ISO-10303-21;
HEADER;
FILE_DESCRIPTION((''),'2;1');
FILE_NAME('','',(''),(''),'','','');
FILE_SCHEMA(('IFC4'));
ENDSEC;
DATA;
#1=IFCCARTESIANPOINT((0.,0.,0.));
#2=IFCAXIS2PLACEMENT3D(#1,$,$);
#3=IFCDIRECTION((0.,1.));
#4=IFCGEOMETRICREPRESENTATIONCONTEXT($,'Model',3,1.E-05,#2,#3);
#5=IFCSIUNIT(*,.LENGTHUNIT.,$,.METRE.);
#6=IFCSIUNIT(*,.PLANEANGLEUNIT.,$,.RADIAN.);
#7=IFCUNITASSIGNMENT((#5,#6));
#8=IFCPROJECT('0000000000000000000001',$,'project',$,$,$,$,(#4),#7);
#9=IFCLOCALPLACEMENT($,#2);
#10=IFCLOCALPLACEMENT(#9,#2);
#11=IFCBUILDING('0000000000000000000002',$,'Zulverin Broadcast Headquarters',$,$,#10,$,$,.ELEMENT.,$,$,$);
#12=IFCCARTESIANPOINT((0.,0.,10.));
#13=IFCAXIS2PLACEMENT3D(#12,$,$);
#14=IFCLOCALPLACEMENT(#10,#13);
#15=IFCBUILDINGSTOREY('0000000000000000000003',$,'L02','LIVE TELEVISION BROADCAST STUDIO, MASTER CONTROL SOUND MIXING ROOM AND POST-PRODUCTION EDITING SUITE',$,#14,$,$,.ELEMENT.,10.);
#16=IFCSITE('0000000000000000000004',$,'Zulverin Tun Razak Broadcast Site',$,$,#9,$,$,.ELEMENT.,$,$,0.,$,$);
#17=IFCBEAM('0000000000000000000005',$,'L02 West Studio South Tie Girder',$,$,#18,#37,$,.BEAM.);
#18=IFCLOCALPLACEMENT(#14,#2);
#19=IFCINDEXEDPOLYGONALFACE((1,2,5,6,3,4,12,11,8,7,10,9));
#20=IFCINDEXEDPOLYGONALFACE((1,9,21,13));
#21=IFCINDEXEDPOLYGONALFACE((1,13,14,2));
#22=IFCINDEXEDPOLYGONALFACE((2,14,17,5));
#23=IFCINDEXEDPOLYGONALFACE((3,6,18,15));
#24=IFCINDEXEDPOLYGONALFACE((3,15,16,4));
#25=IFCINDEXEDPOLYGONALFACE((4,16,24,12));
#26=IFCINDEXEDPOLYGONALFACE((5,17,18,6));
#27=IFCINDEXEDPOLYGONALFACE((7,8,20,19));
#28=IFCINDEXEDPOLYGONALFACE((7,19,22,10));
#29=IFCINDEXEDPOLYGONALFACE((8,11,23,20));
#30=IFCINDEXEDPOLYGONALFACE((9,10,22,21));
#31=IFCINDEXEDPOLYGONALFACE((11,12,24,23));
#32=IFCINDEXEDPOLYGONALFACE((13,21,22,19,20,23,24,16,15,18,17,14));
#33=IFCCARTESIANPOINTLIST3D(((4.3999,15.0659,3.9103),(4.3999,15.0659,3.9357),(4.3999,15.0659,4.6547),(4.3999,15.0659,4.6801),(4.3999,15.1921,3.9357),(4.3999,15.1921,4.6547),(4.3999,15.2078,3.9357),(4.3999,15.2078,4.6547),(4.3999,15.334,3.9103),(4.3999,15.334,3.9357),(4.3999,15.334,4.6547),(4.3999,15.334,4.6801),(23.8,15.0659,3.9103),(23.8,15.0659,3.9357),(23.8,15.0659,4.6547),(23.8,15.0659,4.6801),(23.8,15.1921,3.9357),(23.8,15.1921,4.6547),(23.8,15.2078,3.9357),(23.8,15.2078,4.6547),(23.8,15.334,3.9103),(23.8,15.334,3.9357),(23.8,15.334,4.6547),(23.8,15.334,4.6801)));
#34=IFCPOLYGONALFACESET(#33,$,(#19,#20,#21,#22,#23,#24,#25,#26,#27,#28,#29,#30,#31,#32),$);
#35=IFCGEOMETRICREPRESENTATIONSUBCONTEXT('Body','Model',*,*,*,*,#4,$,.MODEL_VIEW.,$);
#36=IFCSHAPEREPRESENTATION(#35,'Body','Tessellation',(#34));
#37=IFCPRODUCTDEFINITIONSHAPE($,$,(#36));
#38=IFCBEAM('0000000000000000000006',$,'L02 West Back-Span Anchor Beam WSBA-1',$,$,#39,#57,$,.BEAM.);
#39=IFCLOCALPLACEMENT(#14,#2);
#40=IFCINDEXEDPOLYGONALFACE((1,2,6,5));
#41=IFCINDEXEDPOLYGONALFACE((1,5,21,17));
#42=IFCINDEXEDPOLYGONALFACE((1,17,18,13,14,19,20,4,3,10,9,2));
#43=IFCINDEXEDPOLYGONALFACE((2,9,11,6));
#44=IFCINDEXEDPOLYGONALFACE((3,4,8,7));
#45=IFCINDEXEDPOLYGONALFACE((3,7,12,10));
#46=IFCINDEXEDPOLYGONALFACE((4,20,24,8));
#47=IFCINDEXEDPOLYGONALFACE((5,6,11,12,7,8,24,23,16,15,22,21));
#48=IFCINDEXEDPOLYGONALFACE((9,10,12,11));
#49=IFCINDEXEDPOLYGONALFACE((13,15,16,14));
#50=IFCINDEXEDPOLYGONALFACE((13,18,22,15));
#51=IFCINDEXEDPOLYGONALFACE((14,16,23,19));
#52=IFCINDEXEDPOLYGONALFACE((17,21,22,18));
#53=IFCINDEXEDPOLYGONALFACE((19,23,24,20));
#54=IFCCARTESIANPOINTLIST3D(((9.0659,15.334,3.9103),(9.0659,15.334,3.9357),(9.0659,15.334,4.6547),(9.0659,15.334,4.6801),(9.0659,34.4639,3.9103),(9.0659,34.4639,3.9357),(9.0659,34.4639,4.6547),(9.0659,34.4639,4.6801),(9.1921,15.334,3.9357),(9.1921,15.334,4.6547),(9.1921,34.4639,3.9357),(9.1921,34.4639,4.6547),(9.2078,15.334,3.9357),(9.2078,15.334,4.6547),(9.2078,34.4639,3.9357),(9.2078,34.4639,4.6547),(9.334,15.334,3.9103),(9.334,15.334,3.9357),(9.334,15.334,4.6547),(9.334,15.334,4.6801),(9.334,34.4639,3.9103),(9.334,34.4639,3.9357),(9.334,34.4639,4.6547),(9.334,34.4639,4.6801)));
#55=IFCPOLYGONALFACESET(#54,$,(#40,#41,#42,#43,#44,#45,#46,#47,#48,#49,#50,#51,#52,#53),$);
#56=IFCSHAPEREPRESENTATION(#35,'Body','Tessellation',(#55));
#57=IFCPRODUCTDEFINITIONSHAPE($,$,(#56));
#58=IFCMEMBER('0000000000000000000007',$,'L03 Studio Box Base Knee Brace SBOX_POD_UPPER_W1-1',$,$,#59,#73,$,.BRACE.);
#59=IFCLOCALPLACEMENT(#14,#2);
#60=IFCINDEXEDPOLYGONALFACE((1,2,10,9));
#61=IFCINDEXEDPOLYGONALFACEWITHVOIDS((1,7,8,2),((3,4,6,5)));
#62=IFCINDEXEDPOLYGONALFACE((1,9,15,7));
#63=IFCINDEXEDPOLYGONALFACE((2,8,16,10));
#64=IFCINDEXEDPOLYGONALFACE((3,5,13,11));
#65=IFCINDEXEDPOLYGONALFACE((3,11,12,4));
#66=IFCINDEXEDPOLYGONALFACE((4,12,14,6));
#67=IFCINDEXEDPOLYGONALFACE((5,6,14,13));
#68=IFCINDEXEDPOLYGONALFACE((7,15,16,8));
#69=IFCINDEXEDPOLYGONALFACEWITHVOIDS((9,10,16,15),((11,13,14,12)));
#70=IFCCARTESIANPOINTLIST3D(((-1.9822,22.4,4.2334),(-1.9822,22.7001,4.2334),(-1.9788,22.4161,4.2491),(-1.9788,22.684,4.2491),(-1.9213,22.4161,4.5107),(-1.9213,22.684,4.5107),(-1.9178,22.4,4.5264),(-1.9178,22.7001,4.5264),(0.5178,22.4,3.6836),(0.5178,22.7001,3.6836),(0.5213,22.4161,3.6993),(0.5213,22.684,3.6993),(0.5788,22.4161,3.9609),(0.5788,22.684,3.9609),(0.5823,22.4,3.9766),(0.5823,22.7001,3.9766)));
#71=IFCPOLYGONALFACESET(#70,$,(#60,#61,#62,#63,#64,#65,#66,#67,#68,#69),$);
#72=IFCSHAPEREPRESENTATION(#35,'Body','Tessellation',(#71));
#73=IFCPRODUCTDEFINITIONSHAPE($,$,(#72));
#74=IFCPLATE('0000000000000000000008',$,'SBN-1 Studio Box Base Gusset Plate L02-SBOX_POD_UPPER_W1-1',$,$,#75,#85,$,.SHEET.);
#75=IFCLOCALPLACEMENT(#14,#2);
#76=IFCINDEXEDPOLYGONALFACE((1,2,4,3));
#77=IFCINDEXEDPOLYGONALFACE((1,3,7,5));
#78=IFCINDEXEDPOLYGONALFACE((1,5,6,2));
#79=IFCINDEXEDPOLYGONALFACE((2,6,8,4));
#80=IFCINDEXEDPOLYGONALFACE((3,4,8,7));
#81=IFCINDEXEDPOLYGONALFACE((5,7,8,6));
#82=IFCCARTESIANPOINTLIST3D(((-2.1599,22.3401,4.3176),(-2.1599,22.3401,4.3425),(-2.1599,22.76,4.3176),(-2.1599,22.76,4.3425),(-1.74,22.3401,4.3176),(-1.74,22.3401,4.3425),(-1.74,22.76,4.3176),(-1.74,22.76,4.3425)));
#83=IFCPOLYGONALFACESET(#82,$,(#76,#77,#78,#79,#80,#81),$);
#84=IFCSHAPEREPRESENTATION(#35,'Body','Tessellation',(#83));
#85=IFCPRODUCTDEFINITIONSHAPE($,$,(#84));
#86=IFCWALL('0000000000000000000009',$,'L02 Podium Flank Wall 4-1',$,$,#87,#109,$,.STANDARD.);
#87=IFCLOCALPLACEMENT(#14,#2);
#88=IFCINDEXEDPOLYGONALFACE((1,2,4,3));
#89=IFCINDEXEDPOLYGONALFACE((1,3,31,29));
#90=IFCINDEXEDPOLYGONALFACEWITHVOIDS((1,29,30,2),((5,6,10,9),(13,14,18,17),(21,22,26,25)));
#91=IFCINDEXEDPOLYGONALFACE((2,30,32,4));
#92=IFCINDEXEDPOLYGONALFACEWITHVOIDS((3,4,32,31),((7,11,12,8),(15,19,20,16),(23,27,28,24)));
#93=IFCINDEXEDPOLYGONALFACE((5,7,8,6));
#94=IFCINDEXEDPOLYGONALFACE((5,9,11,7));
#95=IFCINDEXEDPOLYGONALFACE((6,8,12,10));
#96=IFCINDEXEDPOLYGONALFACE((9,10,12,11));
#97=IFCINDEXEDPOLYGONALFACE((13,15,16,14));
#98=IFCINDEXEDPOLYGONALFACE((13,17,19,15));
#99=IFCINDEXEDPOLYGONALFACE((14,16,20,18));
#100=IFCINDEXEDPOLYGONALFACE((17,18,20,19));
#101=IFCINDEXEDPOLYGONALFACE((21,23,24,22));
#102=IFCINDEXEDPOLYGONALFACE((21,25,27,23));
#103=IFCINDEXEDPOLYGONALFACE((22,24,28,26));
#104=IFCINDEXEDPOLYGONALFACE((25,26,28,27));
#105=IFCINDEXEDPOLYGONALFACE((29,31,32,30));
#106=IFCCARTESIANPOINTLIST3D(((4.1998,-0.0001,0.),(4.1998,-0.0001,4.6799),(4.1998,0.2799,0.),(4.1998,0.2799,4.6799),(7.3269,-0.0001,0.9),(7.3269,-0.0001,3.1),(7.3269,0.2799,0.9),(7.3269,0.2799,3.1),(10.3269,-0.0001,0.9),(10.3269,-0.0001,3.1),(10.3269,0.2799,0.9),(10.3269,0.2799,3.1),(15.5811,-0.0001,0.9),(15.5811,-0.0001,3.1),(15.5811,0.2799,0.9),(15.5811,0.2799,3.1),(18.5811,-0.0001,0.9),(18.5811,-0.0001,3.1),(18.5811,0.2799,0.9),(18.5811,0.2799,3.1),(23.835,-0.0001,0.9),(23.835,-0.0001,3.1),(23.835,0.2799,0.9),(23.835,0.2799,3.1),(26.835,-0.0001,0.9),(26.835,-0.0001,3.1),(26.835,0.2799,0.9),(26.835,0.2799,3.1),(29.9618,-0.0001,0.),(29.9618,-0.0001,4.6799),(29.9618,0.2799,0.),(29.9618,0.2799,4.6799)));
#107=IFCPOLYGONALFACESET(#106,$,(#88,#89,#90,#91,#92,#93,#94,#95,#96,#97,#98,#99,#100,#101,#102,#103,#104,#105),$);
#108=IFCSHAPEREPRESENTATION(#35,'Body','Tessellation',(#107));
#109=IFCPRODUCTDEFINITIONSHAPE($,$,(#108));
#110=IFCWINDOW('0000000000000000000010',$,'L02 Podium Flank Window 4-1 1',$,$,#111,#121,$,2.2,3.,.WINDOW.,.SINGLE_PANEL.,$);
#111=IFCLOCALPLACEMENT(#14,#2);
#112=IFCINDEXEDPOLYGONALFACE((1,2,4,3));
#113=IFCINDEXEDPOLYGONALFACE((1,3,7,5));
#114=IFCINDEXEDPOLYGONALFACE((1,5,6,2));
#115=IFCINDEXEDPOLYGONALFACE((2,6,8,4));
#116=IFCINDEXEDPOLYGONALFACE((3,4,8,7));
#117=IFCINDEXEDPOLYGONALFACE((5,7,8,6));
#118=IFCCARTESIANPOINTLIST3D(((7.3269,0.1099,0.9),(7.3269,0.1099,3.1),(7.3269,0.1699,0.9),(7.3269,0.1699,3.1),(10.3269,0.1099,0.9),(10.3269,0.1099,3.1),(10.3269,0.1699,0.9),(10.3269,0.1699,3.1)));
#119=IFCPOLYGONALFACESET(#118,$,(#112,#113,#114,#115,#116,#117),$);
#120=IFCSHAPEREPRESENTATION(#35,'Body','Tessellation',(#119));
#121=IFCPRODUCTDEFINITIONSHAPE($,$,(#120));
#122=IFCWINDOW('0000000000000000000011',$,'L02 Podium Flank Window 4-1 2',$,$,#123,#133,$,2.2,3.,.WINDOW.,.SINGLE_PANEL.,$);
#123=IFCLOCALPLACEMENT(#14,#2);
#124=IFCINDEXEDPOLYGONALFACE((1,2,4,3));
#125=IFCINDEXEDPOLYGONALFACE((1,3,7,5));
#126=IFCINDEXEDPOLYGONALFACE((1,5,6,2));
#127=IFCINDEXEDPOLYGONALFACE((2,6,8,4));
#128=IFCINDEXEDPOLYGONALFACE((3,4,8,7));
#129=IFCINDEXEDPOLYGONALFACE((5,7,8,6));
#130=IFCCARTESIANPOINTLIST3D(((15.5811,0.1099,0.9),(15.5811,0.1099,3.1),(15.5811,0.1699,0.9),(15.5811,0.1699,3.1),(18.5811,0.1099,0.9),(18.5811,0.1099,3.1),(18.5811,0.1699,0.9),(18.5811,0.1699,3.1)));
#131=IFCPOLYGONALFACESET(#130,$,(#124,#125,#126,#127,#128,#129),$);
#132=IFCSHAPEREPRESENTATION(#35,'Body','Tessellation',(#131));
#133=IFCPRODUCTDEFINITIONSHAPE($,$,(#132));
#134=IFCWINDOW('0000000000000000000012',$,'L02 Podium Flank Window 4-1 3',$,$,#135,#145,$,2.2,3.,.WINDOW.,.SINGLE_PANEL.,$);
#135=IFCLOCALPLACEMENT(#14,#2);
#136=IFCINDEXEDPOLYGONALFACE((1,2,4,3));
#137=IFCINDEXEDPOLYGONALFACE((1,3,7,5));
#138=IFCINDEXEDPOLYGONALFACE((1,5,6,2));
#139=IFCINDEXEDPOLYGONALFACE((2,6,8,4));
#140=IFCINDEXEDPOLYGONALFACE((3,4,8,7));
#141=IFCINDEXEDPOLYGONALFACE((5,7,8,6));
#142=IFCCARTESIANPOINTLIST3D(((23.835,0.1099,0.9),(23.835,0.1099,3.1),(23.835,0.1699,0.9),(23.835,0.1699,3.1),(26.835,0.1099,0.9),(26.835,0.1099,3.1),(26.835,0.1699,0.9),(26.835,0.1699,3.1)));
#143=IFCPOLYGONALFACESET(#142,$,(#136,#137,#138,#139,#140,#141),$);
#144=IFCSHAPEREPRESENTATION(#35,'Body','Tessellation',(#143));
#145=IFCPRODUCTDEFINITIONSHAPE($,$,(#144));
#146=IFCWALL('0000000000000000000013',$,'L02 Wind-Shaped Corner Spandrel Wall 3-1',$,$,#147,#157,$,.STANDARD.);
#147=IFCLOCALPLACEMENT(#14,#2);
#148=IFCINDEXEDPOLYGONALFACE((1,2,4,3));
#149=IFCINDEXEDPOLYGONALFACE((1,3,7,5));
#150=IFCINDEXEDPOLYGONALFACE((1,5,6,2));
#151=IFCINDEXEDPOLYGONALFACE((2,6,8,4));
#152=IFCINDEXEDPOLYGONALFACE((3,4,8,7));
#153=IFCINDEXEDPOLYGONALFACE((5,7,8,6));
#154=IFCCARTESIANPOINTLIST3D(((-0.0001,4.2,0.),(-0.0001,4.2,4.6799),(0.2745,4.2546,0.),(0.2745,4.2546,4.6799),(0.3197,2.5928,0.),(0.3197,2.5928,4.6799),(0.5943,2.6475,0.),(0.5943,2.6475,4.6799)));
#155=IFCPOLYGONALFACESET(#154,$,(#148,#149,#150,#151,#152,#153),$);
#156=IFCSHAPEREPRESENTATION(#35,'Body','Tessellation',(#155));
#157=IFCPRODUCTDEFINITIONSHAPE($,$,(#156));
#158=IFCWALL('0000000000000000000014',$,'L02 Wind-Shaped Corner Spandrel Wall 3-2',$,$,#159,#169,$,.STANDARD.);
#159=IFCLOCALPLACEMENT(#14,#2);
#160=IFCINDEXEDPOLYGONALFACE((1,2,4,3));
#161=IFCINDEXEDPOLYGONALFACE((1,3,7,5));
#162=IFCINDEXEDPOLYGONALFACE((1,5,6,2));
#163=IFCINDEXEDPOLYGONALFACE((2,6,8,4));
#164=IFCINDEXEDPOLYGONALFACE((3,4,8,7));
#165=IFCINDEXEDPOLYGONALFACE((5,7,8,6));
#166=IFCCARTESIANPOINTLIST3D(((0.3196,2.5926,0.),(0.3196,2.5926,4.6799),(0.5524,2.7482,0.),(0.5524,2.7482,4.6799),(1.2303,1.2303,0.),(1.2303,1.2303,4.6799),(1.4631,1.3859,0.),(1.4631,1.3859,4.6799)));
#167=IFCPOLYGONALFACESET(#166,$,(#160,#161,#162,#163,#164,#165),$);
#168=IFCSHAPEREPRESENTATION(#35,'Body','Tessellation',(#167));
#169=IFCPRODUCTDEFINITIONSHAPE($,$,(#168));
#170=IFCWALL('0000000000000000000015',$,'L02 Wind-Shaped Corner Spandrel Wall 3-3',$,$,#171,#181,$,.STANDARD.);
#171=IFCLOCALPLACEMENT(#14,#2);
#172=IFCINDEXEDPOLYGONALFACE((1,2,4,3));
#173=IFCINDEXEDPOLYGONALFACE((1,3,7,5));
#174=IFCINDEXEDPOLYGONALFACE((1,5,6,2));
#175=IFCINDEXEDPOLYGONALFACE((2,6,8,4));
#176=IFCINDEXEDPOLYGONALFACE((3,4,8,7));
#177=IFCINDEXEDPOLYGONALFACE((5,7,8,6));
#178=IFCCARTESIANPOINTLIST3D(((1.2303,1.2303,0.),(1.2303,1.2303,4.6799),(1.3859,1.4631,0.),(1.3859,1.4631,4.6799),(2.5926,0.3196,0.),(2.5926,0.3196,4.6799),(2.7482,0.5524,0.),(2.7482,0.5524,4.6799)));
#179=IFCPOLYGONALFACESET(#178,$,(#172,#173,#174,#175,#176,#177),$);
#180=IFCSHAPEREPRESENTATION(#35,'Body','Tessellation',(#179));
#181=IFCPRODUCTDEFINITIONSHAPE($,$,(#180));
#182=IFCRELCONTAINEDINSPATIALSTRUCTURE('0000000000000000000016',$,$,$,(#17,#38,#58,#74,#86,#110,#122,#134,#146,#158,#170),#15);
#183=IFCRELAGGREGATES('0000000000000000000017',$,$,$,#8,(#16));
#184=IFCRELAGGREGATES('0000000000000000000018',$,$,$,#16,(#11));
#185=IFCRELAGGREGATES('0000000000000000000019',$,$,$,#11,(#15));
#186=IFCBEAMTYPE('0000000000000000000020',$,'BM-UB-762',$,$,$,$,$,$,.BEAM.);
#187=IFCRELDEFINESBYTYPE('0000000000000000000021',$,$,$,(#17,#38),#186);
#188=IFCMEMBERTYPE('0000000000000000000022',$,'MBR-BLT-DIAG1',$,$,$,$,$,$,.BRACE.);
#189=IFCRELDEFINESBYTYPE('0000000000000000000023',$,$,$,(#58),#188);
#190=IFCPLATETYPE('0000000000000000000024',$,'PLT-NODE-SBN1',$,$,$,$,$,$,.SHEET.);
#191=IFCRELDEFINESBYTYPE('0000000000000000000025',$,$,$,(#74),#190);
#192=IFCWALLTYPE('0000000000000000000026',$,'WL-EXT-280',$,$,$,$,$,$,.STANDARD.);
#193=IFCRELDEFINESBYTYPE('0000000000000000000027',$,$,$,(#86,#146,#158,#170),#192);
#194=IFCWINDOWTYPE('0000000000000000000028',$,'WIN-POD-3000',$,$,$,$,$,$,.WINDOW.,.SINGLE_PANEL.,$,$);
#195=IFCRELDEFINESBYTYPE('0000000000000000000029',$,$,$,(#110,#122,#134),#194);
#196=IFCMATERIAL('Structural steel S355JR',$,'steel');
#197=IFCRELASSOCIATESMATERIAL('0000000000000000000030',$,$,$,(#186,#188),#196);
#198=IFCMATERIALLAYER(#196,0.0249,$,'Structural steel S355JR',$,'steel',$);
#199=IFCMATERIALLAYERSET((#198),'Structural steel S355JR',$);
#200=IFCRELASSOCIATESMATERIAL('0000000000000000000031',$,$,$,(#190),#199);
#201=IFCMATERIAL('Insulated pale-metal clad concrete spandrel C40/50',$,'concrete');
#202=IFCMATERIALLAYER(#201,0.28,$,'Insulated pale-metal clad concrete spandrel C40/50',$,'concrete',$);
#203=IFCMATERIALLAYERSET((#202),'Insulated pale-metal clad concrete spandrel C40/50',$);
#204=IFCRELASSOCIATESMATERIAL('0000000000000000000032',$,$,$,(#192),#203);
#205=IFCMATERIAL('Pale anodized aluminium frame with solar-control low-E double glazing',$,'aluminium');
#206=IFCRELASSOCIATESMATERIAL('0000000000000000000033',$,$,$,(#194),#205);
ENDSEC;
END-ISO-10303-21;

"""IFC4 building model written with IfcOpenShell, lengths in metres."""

from ifc_helpers import new_model, si_unit, direction, frame, frame_2d, origin, origin_2d, place, context, subcontext, project, spatial, rectangle, hollow_rectangle, i_section, extrude, material, layer, layer_set, material_profile, profile_set, type_object, element, fill, save


model = new_model("IFC4")

# Units and contexts
model_context = context("Model", 3, precision=1e-05, world=origin(), true_north=direction((0.0, 1.0)))
body_context = subcontext(model_context, "Body", "Model", "MODEL_VIEW")
ifc_project = project(units=[si_unit("LENGTHUNIT", "METRE"), si_unit("PLANEANGLEUNIT", "RADIAN")], contexts=[model_context])

# Site, building, storey
site_placement = place(None, origin())
site = spatial("IfcSite", under=ifc_project, at=site_placement, Name="Zulverin Tun Razak Broadcast Site", CompositionType="ELEMENT", RefElevation=0.0)
building_placement = place(site_placement, origin())
building = spatial("IfcBuilding", under=site, at=building_placement, Name="Zulverin Broadcast Headquarters", CompositionType="ELEMENT")
storey_placement = place(building_placement, frame((0.0, 0.0, 10.0)))
storey = spatial("IfcBuildingStorey", under=building, at=storey_placement, Name="L02", Description="LIVE TELEVISION BROADCAST STUDIO, MASTER CONTROL SOUND MIXING ROOM AND POST-PRODUCTION EDITING SUITE", CompositionType="ELEMENT", Elevation=10.0)

# Beams
ifc_material_1 = material(Name="Structural steel S355JR", Category="steel")
ifc_material_profile_1 = material_profile(ifc_material_1, i_section(OverallWidth=0.2681, OverallDepth=0.7698, WebThickness=0.0156, FlangeThickness=0.0254, at=origin_2d()), Name="Structural steel S355JR", Category="steel")
ifc_profile_set_1 = profile_set([ifc_material_profile_1], Name="Structural steel S355JR")
beam_type_1 = type_object("IfcBeamType", Name="BM-UB-762", PredefinedType="BEAM", material=ifc_profile_set_1)
beam_1_placement = place(storey_placement, frame((4.3999, 15.2, 4.2952), z_axis=(1.0, 0.0, 0.0), x_axis=(0.0, 1.0, 0.0)))
element("IfcBeam", 1, at=beam_1_placement, inside=storey, type_object=beam_type_1, Name="L02 West Studio South Tie Girder", PredefinedType="BEAM", context=body_context, shape_type="SweptSolid", body=[
    extrude(i_section(OverallWidth=0.2681, OverallDepth=0.7698, WebThickness=0.0156, FlangeThickness=0.0254, at=origin_2d()), origin(), (0.0, 0.0, 1.0), 19.4001),
])
beam_2_placement = place(storey_placement, frame((9.2, 15.334, 4.2952), z_axis=(0.0, 1.0, 0.0), x_axis=(-1.0, 0.0, 0.0)))
element("IfcBeam", 2, at=beam_2_placement, inside=storey, type_object=beam_type_1, Name="L02 West Back-Span Anchor Beam WSBA-1", PredefinedType="BEAM", context=body_context, shape_type="SweptSolid", body=[
    extrude(i_section(OverallWidth=0.2681, OverallDepth=0.7698, WebThickness=0.0156, FlangeThickness=0.0254, at=origin_2d()), origin(), (0.0, 0.0, 1.0), 19.1299),
])

# Member
ifc_material_profile_2 = material_profile(ifc_material_1, hollow_rectangle(XDim=0.3, YDim=0.3, WallThickness=0.0161, at=origin_2d()), Name="Structural steel S355JR", Category="steel")
ifc_profile_set_2 = profile_set([ifc_material_profile_2], Name="Structural steel S355JR")
member_type = type_object("IfcMemberType", Name="MBR-BLT-DIAG1", PredefinedType="BRACE", material=ifc_profile_set_2)
member_placement = place(storey_placement, frame((0.55, 22.55, 3.8301), z_axis=(-0.97666, 0.0, 0.214789), x_axis=(0.0, -1.0, 0.0)))
element("IfcMember", 3, at=member_placement, inside=storey, type_object=member_type, Name="L03 Studio Box Base Knee Brace SBOX_POD_UPPER_W1-1", PredefinedType="BRACE", context=body_context, shape_type="SweptSolid", body=[
    extrude(hollow_rectangle(XDim=0.3, YDim=0.3, WallThickness=0.0161, at=origin_2d()), origin(), (0.0, 0.0, 1.0), 2.5598),
])

# Plate
ifc_layer_1 = layer(ifc_material_1, 0.0249, Name="Structural steel S355JR", Category="steel")
ifc_layer_set_1 = layer_set([ifc_layer_1], Name="Structural steel S355JR")
plate_type = type_object("IfcPlateType", Name="PLT-NODE-SBN1", PredefinedType="SHEET", material=ifc_layer_set_1)
plate_placement = place(storey_placement, frame((-1.95, 22.55, 4.3176), z_axis=(0.0, 0.0, 1.0), x_axis=(1.0, 0.0, 0.0)))
element("IfcPlate", 4, at=plate_placement, inside=storey, type_object=plate_type, Name="SBN-1 Studio Box Base Gusset Plate L02-SBOX_POD_UPPER_W1-1", PredefinedType="SHEET", context=body_context, shape_type="SweptSolid", body=[
    extrude(rectangle(XDim=0.4199, YDim=0.4199, at=origin_2d()), origin(), (0.0, 0.0, 1.0), 0.0249),
])

# Wall, openings, windows
ifc_material_2 = material(Name="Insulated pale-metal clad concrete spandrel C40/50", Category="concrete")
ifc_layer_2 = layer(ifc_material_2, 0.28, Name="Insulated pale-metal clad concrete spandrel C40/50", Category="concrete")
ifc_layer_set_2 = layer_set([ifc_layer_2], Name="Insulated pale-metal clad concrete spandrel C40/50")
wall_type_1 = type_object("IfcWallType", Name="WL-EXT-280", PredefinedType="STANDARD", material=ifc_layer_set_2)
wall_1_placement = place(storey_placement, frame((4.2, 0.1399, 0.0), z_axis=(0.0, 0.0, 1.0), x_axis=(1.0, 0.0, 0.0)))
wall_1 = element("IfcWall", 5, at=wall_1_placement, inside=storey, type_object=wall_type_1, Name="L02 Podium Flank Wall 4-1", PredefinedType="STANDARD", context=body_context, shape_type="SweptSolid", body=[
    extrude(rectangle(XDim=25.762, YDim=0.28, at=frame_2d((12.8809, 0.0))), origin(), (0.0, 0.0, 1.0), 4.6799),
])
opening_1_placement = place(wall_1_placement, frame((3.127, 0.0, 0.8999)))
opening_1 = element("IfcOpeningElement", 6, at=opening_1_placement, cuts=wall_1, PredefinedType="OPENING", context=body_context, shape_type="SweptSolid", body=[
    extrude(rectangle(XDim=3.0, YDim=2.2, at=frame_2d((1.5, 1.1001))), frame((0.0, 0.1499, 0.0), z_axis=(0.0, -1.0, 0.0), x_axis=(1.0, 0.0, 0.0)), (0.0, 0.0, 1.0), 0.3),
])
opening_2_placement = place(wall_1_placement, frame((11.3811, 0.0, 0.8999)))
opening_2 = element("IfcOpeningElement", 7, at=opening_2_placement, cuts=wall_1, PredefinedType="OPENING", context=body_context, shape_type="SweptSolid", body=[
    extrude(rectangle(XDim=3.0, YDim=2.2, at=frame_2d((1.5, 1.1001))), frame((0.0, 0.1499, 0.0), z_axis=(0.0, -1.0, 0.0), x_axis=(1.0, 0.0, 0.0)), (0.0, 0.0, 1.0), 0.3),
])
opening_3_placement = place(wall_1_placement, frame((19.635, 0.0, 0.8999)))
opening_3 = element("IfcOpeningElement", 8, at=opening_3_placement, cuts=wall_1, PredefinedType="OPENING", context=body_context, shape_type="SweptSolid", body=[
    extrude(rectangle(XDim=3.0, YDim=2.2, at=frame_2d((1.5, 1.1001))), frame((0.0, 0.1499, 0.0), z_axis=(0.0, -1.0, 0.0), x_axis=(1.0, 0.0, 0.0)), (0.0, 0.0, 1.0), 0.3),
])
ifc_material_3 = material(Name="Pale anodized aluminium frame with solar-control low-E double glazing", Category="aluminium")
window_type = type_object("IfcWindowType", Name="WIN-POD-3000", PartitioningType="SINGLE_PANEL", PredefinedType="WINDOW", material=ifc_material_3)
window_1_placement = place(opening_1_placement, origin())
window_1 = element("IfcWindow", 9, at=window_1_placement, inside=storey, type_object=window_type, Name="L02 Podium Flank Window 4-1 1", OverallHeight=2.2, OverallWidth=3.0, PartitioningType="SINGLE_PANEL", PredefinedType="WINDOW", context=body_context, shape_type="SweptSolid", body=[
    extrude(rectangle(XDim=3.0, YDim=2.2, at=frame_2d((1.5, 1.1001))), frame((0.0, 0.03, 0.0), z_axis=(0.0, -1.0, 0.0), x_axis=(1.0, 0.0, 0.0)), (0.0, 0.0, 1.0), 0.0601),
])
fill(opening_1, window_1)
window_2_placement = place(opening_2_placement, origin())
window_2 = element("IfcWindow", 10, at=window_2_placement, inside=storey, type_object=window_type, Name="L02 Podium Flank Window 4-1 2", OverallHeight=2.2, OverallWidth=3.0, PartitioningType="SINGLE_PANEL", PredefinedType="WINDOW", context=body_context, shape_type="SweptSolid", body=[
    extrude(rectangle(XDim=3.0, YDim=2.2, at=frame_2d((1.5, 1.1001))), frame((0.0, 0.03, 0.0), z_axis=(0.0, -1.0, 0.0), x_axis=(1.0, 0.0, 0.0)), (0.0, 0.0, 1.0), 0.0601),
])
fill(opening_2, window_2)
window_3_placement = place(opening_3_placement, origin())
window_3 = element("IfcWindow", 11, at=window_3_placement, inside=storey, type_object=window_type, Name="L02 Podium Flank Window 4-1 3", OverallHeight=2.2, OverallWidth=3.0, PartitioningType="SINGLE_PANEL", PredefinedType="WINDOW", context=body_context, shape_type="SweptSolid", body=[
    extrude(rectangle(XDim=3.0, YDim=2.2, at=frame_2d((1.5, 1.1001))), frame((0.0, 0.03, 0.0), z_axis=(0.0, -1.0, 0.0), x_axis=(1.0, 0.0, 0.0)), (0.0, 0.0, 1.0), 0.0601),
])
fill(opening_3, window_3)

# Walls
for number, where, z_axis, x_axis, name in (
    (12, (0.1372, 4.2273, 0.0), (0.0, 0.0, 1.0), (0.195171, -0.980769, 0.0), "L02 Wind-Shaped Corner Spandrel Wall 3-1"),
    (13, (0.436, 2.6704, 0.0), (0.0, 0.0, 1.0), (0.555731, -0.831362, 0.0), "L02 Wind-Shaped Corner Spandrel Wall 3-2"),
    (14, (1.3081, 1.3467, 0.0), (0.0, 0.0, 1.0), (0.831362, -0.555731, 0.0), "L02 Wind-Shaped Corner Spandrel Wall 3-3"),
):
    element("IfcWall", number, at=place(storey_placement, frame(where, z_axis=z_axis, x_axis=x_axis)), inside=storey, type_object=wall_type_1, Name=name, PredefinedType="STANDARD", context=body_context, shape_type="SweptSolid", body=[
        extrude(rectangle(XDim=1.6387, YDim=0.28, at=frame_2d((0.8193, 0.0))), origin(), (0.0, 0.0, 1.0), 4.6799),
    ])

save(model, "model.ifc")
